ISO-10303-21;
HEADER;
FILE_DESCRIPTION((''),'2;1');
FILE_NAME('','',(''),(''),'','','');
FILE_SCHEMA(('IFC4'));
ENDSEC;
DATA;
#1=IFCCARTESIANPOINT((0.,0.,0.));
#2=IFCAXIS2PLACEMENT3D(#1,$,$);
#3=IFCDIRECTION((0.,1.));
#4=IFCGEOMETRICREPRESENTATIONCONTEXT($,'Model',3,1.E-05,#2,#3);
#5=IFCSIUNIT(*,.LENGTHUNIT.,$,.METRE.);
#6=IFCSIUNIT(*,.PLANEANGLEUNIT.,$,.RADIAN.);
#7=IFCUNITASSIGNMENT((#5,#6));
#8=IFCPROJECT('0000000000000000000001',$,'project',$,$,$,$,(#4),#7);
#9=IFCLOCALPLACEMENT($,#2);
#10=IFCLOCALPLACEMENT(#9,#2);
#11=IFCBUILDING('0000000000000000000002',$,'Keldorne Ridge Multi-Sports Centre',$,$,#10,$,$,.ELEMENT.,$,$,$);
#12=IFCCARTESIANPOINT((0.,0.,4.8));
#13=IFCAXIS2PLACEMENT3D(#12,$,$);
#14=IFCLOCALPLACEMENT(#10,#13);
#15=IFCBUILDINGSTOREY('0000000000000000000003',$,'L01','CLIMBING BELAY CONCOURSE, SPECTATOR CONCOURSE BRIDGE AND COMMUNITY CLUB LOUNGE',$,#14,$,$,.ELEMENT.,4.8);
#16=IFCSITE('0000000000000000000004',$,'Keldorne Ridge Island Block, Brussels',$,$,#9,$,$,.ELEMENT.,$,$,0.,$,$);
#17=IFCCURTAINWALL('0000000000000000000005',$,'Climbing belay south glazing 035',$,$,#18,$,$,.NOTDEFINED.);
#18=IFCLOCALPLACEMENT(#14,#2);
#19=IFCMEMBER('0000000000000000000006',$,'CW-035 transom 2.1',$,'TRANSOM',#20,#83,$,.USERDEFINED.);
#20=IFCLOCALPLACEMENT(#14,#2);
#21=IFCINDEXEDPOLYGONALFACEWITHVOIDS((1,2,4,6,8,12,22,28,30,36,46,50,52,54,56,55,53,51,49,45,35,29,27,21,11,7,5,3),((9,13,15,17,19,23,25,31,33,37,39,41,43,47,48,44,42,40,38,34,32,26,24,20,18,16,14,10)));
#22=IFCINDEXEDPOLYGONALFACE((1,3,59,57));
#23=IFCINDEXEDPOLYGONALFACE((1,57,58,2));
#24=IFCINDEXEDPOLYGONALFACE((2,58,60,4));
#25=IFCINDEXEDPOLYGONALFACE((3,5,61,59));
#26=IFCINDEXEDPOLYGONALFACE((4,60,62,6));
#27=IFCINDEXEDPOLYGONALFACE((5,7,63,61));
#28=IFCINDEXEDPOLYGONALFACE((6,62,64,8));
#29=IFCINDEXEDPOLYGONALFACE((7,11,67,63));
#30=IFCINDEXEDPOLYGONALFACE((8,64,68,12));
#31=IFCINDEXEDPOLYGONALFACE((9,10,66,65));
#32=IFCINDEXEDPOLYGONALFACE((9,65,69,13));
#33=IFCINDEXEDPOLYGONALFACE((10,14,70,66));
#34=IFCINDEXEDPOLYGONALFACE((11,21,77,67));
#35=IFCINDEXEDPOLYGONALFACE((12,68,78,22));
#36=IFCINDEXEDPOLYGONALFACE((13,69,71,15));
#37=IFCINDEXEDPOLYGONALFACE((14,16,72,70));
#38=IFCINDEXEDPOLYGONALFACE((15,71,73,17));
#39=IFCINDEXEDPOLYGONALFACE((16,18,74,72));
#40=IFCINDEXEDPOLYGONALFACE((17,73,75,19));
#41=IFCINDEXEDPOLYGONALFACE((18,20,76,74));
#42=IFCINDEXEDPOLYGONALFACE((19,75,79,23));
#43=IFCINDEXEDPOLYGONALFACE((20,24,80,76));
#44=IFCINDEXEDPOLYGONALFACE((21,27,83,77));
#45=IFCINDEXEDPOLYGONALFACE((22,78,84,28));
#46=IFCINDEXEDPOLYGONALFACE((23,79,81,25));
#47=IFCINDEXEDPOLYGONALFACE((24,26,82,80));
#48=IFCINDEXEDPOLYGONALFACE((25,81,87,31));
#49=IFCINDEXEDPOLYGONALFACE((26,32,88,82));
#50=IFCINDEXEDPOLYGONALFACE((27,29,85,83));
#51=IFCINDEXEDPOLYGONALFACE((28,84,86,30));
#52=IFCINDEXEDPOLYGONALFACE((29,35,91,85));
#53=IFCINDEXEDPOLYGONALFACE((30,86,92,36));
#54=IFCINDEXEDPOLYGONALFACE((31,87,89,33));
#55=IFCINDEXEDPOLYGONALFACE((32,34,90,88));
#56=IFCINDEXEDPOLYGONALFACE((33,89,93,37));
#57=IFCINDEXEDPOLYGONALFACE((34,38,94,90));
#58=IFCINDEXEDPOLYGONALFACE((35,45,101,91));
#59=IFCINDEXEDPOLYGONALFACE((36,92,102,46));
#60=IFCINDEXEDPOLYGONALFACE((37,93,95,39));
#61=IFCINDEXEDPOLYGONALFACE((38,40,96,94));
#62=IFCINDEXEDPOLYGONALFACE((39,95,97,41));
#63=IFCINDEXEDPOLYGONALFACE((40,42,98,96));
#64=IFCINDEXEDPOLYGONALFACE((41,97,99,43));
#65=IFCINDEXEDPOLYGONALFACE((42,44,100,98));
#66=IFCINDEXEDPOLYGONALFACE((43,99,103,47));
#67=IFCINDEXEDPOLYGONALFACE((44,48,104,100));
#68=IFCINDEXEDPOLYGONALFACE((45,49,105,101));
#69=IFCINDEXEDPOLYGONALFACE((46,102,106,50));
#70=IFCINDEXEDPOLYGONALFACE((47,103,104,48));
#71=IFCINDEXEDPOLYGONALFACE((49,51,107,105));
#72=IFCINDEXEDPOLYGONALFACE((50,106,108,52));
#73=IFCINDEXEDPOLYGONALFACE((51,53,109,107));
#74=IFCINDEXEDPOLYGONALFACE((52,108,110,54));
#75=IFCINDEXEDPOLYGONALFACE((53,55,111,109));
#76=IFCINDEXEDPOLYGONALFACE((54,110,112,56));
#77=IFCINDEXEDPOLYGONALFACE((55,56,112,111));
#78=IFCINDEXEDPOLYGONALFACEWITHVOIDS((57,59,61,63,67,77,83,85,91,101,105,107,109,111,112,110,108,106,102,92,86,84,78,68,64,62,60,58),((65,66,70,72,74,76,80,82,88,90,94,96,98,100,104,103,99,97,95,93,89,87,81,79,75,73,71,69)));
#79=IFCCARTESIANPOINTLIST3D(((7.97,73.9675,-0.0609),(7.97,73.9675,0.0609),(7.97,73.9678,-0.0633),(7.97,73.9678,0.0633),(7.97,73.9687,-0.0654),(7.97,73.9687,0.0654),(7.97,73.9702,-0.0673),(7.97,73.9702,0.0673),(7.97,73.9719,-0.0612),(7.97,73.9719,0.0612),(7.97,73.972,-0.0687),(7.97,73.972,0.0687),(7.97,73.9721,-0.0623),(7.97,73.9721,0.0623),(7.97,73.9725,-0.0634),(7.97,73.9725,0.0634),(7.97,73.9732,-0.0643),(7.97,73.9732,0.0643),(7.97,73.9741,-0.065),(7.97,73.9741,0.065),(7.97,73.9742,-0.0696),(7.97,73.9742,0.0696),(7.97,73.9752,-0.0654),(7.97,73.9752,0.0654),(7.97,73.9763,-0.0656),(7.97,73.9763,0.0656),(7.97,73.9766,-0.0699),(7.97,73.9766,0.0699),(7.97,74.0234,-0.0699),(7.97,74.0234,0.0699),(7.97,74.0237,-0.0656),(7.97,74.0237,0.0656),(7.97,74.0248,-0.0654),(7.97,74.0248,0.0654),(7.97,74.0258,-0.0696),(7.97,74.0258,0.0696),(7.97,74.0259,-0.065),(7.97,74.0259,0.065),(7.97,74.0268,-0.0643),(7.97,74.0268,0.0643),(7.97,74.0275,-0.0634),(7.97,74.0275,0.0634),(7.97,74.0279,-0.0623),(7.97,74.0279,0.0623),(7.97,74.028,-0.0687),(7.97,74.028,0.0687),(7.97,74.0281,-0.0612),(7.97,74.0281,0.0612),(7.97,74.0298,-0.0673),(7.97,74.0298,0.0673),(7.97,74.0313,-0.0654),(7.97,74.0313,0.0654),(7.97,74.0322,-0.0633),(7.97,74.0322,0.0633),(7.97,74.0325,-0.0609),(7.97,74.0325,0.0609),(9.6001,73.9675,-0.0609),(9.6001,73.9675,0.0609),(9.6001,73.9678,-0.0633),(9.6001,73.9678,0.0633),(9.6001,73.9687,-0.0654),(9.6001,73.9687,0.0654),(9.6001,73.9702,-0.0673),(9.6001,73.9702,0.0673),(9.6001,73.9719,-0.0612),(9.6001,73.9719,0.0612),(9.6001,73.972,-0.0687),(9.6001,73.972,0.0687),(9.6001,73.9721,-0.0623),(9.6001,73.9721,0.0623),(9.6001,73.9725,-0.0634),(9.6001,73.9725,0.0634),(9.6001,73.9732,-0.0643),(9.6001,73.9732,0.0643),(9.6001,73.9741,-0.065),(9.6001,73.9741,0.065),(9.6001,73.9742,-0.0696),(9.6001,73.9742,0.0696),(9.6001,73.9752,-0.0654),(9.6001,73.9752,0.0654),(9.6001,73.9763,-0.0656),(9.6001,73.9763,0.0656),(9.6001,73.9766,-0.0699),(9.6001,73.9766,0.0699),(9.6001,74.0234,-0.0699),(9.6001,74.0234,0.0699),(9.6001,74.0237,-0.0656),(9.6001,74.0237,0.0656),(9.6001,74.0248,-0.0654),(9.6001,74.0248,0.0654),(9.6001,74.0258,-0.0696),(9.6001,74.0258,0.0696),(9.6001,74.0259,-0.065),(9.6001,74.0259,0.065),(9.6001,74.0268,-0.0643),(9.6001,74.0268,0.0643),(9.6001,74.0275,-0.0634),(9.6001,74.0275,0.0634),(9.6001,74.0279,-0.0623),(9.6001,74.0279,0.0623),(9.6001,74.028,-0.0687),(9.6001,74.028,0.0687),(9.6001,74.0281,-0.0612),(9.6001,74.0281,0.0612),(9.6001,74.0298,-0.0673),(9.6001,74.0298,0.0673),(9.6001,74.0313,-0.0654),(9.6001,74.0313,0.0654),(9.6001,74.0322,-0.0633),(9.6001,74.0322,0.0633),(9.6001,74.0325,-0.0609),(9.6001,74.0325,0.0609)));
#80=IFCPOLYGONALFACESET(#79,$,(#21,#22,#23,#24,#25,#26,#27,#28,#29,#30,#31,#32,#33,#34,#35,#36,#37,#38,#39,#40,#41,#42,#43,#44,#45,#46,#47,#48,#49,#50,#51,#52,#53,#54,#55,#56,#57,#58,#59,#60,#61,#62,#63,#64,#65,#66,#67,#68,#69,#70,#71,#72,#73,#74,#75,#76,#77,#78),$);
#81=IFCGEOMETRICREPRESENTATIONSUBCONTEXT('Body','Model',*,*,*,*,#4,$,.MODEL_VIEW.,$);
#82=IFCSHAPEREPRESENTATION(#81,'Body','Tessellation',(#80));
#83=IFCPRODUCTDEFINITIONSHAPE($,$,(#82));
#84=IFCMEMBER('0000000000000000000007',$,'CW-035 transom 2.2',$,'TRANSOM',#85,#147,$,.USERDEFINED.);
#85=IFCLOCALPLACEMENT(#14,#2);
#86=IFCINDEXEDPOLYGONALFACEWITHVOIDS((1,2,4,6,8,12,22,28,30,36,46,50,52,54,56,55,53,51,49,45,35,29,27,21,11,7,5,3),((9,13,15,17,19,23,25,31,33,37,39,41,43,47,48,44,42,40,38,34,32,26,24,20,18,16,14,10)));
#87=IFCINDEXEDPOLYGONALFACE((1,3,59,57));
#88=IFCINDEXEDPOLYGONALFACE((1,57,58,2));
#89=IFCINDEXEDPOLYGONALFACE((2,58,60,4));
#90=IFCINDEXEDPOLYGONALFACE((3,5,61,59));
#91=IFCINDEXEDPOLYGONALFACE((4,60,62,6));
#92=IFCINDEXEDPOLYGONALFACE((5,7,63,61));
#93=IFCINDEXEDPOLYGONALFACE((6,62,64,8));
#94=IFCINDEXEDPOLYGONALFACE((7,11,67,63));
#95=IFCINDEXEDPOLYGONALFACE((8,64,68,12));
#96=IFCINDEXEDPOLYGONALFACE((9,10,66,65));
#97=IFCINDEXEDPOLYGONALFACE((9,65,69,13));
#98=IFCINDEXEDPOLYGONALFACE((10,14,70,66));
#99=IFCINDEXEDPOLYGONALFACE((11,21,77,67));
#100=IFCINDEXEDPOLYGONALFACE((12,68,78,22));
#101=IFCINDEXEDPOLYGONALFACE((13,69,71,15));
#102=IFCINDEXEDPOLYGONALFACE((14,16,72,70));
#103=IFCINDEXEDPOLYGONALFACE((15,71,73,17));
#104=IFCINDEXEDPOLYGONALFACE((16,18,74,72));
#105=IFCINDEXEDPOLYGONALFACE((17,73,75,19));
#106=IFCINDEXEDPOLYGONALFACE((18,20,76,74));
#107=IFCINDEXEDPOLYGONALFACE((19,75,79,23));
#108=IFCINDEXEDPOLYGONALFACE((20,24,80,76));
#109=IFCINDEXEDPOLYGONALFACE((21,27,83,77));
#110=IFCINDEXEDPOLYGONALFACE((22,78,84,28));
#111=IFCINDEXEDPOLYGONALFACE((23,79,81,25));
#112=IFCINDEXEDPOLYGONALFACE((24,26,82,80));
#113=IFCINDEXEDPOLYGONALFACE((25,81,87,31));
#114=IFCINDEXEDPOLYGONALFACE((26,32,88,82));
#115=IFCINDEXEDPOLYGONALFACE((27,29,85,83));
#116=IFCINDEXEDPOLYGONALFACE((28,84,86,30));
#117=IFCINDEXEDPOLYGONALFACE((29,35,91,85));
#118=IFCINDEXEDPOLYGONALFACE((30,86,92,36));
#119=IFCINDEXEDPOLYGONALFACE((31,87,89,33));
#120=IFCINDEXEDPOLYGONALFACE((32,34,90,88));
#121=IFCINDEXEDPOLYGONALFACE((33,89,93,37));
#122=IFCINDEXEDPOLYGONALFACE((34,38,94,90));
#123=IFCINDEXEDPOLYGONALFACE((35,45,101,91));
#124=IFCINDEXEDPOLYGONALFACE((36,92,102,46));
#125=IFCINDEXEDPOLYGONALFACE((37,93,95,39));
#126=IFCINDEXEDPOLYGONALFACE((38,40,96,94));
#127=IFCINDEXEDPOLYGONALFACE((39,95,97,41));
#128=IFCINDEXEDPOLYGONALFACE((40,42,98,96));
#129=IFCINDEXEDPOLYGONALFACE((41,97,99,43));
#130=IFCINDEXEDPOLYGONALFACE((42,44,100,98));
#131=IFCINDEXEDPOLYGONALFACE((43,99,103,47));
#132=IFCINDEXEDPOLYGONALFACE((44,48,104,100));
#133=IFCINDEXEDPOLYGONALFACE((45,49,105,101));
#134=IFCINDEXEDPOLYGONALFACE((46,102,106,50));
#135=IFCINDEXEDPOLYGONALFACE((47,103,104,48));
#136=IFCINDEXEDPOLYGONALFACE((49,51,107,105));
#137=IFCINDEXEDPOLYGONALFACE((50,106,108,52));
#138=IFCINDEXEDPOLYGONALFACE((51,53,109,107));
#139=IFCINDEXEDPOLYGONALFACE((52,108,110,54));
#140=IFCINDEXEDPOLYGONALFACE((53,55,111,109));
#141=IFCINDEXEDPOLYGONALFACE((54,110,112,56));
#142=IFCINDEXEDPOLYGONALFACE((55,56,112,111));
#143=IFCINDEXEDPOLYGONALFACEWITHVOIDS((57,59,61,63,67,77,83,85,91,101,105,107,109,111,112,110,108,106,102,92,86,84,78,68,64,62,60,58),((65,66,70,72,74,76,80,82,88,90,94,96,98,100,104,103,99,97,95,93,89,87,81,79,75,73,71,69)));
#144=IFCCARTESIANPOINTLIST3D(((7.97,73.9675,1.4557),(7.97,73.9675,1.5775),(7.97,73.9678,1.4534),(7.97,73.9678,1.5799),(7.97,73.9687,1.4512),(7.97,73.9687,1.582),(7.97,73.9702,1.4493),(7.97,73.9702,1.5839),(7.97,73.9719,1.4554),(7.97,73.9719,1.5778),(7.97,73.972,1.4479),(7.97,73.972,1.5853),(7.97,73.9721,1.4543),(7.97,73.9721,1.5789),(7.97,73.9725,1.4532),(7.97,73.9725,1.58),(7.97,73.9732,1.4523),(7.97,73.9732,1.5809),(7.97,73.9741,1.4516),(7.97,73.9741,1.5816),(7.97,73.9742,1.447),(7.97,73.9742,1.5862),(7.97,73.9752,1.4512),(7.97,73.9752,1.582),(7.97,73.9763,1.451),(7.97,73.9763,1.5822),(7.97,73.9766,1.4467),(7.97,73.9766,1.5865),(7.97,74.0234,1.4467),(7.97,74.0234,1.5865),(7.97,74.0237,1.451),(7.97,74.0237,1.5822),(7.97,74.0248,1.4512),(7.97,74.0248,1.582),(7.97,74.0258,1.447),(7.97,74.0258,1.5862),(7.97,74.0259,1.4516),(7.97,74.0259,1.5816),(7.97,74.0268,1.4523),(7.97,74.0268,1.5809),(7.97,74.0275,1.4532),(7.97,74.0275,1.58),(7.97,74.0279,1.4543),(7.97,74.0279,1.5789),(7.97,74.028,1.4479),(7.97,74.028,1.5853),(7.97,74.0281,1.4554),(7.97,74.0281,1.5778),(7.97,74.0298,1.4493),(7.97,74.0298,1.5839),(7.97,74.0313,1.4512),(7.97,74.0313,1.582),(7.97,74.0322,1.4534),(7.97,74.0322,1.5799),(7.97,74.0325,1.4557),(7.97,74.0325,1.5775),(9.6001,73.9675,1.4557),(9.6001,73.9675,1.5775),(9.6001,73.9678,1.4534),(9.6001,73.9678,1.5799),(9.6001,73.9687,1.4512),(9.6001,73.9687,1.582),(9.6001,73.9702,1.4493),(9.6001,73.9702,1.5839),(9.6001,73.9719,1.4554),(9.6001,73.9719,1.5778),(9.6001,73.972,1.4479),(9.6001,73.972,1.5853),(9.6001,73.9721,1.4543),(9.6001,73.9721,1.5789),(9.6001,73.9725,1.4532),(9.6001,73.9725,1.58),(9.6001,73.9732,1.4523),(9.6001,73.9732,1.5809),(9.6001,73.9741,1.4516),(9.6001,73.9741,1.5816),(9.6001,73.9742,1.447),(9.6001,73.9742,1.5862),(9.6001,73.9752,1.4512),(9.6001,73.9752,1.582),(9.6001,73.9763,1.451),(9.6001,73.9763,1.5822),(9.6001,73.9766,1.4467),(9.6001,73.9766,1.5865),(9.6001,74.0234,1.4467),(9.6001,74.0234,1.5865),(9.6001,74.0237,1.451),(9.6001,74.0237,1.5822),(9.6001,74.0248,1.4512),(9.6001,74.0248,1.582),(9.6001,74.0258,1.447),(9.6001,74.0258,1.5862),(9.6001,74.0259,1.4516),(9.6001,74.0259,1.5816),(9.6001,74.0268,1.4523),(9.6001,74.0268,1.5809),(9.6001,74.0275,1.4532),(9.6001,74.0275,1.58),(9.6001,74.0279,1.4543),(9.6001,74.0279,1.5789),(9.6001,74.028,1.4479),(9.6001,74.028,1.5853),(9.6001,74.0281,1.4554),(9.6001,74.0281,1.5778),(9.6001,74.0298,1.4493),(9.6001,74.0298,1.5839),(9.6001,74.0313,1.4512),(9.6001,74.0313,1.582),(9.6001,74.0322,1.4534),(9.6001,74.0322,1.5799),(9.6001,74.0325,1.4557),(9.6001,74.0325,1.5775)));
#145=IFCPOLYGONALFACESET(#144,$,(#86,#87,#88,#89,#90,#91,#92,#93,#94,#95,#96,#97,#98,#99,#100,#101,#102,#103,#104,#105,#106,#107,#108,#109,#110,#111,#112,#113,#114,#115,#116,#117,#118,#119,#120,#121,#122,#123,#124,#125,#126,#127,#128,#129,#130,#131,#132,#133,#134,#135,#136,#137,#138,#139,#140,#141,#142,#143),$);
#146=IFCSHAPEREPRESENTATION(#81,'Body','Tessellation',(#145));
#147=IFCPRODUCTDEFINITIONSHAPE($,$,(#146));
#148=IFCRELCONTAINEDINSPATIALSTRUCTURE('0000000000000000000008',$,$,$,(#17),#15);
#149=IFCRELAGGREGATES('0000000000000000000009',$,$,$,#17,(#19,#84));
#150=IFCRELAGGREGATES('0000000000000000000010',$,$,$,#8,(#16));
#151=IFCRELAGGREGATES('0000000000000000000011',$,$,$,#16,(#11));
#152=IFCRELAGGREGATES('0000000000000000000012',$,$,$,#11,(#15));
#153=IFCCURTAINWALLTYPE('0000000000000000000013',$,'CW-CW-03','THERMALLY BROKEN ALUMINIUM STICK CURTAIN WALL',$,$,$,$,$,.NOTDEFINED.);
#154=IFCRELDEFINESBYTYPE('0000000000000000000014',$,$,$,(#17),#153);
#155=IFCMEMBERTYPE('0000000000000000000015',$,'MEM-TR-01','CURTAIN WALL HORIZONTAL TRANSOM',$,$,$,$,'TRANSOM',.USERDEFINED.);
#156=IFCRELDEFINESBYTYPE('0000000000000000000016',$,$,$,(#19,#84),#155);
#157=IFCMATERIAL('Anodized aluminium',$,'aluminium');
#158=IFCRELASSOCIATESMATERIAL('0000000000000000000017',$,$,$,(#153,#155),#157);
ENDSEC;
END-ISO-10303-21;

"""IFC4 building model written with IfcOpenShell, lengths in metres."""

from ifc_helpers import new_model, si_unit, direction, frame, origin, origin_2d, place, context, subcontext, project, spatial, hollow_rectangle, extrude, material, material_profile, profile_set, type_object, element, aggregate, save


model = new_model("IFC4")

# Units and contexts
model_context = context("Model", 3, precision=1e-05, world=origin(), true_north=direction((0.0, 1.0)))
body_context = subcontext(model_context, "Body", "Model", "MODEL_VIEW")
ifc_project = project(units=[si_unit("LENGTHUNIT", "METRE"), si_unit("PLANEANGLEUNIT", "RADIAN")], contexts=[model_context])

# Site, building, storey
site_placement = place(None, origin())
site = spatial("IfcSite", under=ifc_project, at=site_placement, Name="Keldorne Ridge Island Block, Brussels", CompositionType="ELEMENT", RefElevation=0.0)
building_placement = place(site_placement, origin())
building = spatial("IfcBuilding", under=site, at=building_placement, Name="Keldorne Ridge Multi-Sports Centre", CompositionType="ELEMENT")
storey_placement = place(building_placement, frame((0.0, 0.0, 4.8)))
storey = spatial("IfcBuildingStorey", under=building, at=storey_placement, Name="L01", Description="CLIMBING BELAY CONCOURSE, SPECTATOR CONCOURSE BRIDGE AND COMMUNITY CLUB LOUNGE", CompositionType="ELEMENT", Elevation=4.8)

# Curtain wall, members
ifc_material_1 = material(Name="Anodized aluminium", Category="aluminium")
curtain_wall_type = type_object("IfcCurtainWallType", Name="CW-CW-03", Description="THERMALLY BROKEN ALUMINIUM STICK CURTAIN WALL", PredefinedType="NOTDEFINED", material=ifc_material_1)
curtain_wall_placement = place(storey_placement, origin())
curtain_wall = element("IfcCurtainWall", 1, at=curtain_wall_placement, inside=storey, type_object=curtain_wall_type, Name="Climbing belay south glazing 035", PredefinedType="NOTDEFINED")
ifc_material_profile_1 = material_profile(ifc_material_1, hollow_rectangle(XDim=0.0649, YDim=0.1399, WallThickness=0.0044, InnerFilletRadius=0.0044, OuterFilletRadius=0.009, at=origin_2d()), Name="ALU TRANSOM 140x65x4.5")
ifc_profile_set_1 = profile_set([ifc_material_profile_1], Name="Anodized aluminium")
member_type_1 = type_object("IfcMemberType", Name="MEM-TR-01", Description="CURTAIN WALL HORIZONTAL TRANSOM", ElementType="TRANSOM", PredefinedType="USERDEFINED", material=ifc_profile_set_1)
member_1_placement = place(storey_placement, frame((7.97, 74.0, 0.0), z_axis=(1.0, 0.0, 0.0), x_axis=(0.0, 1.0, 0.0)))
member_1 = element("IfcMember", 2, at=member_1_placement, type_object=member_type_1, Name="CW-035 transom 2.1", ObjectType="TRANSOM", PredefinedType="USERDEFINED", context=body_context, shape_type="SweptSolid", body=[
    extrude(hollow_rectangle(XDim=0.0649, YDim=0.1399, WallThickness=0.0044, InnerFilletRadius=0.0044, OuterFilletRadius=0.009, at=origin_2d()), origin(), (0.0, 0.0, 1.0), 1.6301),
])
member_2_placement = place(storey_placement, frame((7.97, 74.0, 1.5166), z_axis=(1.0, 0.0, 0.0), x_axis=(0.0, 1.0, 0.0)))
member_2 = element("IfcMember", 3, at=member_2_placement, type_object=member_type_1, Name="CW-035 transom 2.2", ObjectType="TRANSOM", PredefinedType="USERDEFINED", context=body_context, shape_type="SweptSolid", body=[
    extrude(hollow_rectangle(XDim=0.0649, YDim=0.1399, WallThickness=0.0044, InnerFilletRadius=0.0044, OuterFilletRadius=0.009, at=origin_2d()), origin(), (0.0, 0.0, 1.0), 1.6301),
])
aggregate(curtain_wall, [member_1, member_2])

save(model, "model.ifc")
